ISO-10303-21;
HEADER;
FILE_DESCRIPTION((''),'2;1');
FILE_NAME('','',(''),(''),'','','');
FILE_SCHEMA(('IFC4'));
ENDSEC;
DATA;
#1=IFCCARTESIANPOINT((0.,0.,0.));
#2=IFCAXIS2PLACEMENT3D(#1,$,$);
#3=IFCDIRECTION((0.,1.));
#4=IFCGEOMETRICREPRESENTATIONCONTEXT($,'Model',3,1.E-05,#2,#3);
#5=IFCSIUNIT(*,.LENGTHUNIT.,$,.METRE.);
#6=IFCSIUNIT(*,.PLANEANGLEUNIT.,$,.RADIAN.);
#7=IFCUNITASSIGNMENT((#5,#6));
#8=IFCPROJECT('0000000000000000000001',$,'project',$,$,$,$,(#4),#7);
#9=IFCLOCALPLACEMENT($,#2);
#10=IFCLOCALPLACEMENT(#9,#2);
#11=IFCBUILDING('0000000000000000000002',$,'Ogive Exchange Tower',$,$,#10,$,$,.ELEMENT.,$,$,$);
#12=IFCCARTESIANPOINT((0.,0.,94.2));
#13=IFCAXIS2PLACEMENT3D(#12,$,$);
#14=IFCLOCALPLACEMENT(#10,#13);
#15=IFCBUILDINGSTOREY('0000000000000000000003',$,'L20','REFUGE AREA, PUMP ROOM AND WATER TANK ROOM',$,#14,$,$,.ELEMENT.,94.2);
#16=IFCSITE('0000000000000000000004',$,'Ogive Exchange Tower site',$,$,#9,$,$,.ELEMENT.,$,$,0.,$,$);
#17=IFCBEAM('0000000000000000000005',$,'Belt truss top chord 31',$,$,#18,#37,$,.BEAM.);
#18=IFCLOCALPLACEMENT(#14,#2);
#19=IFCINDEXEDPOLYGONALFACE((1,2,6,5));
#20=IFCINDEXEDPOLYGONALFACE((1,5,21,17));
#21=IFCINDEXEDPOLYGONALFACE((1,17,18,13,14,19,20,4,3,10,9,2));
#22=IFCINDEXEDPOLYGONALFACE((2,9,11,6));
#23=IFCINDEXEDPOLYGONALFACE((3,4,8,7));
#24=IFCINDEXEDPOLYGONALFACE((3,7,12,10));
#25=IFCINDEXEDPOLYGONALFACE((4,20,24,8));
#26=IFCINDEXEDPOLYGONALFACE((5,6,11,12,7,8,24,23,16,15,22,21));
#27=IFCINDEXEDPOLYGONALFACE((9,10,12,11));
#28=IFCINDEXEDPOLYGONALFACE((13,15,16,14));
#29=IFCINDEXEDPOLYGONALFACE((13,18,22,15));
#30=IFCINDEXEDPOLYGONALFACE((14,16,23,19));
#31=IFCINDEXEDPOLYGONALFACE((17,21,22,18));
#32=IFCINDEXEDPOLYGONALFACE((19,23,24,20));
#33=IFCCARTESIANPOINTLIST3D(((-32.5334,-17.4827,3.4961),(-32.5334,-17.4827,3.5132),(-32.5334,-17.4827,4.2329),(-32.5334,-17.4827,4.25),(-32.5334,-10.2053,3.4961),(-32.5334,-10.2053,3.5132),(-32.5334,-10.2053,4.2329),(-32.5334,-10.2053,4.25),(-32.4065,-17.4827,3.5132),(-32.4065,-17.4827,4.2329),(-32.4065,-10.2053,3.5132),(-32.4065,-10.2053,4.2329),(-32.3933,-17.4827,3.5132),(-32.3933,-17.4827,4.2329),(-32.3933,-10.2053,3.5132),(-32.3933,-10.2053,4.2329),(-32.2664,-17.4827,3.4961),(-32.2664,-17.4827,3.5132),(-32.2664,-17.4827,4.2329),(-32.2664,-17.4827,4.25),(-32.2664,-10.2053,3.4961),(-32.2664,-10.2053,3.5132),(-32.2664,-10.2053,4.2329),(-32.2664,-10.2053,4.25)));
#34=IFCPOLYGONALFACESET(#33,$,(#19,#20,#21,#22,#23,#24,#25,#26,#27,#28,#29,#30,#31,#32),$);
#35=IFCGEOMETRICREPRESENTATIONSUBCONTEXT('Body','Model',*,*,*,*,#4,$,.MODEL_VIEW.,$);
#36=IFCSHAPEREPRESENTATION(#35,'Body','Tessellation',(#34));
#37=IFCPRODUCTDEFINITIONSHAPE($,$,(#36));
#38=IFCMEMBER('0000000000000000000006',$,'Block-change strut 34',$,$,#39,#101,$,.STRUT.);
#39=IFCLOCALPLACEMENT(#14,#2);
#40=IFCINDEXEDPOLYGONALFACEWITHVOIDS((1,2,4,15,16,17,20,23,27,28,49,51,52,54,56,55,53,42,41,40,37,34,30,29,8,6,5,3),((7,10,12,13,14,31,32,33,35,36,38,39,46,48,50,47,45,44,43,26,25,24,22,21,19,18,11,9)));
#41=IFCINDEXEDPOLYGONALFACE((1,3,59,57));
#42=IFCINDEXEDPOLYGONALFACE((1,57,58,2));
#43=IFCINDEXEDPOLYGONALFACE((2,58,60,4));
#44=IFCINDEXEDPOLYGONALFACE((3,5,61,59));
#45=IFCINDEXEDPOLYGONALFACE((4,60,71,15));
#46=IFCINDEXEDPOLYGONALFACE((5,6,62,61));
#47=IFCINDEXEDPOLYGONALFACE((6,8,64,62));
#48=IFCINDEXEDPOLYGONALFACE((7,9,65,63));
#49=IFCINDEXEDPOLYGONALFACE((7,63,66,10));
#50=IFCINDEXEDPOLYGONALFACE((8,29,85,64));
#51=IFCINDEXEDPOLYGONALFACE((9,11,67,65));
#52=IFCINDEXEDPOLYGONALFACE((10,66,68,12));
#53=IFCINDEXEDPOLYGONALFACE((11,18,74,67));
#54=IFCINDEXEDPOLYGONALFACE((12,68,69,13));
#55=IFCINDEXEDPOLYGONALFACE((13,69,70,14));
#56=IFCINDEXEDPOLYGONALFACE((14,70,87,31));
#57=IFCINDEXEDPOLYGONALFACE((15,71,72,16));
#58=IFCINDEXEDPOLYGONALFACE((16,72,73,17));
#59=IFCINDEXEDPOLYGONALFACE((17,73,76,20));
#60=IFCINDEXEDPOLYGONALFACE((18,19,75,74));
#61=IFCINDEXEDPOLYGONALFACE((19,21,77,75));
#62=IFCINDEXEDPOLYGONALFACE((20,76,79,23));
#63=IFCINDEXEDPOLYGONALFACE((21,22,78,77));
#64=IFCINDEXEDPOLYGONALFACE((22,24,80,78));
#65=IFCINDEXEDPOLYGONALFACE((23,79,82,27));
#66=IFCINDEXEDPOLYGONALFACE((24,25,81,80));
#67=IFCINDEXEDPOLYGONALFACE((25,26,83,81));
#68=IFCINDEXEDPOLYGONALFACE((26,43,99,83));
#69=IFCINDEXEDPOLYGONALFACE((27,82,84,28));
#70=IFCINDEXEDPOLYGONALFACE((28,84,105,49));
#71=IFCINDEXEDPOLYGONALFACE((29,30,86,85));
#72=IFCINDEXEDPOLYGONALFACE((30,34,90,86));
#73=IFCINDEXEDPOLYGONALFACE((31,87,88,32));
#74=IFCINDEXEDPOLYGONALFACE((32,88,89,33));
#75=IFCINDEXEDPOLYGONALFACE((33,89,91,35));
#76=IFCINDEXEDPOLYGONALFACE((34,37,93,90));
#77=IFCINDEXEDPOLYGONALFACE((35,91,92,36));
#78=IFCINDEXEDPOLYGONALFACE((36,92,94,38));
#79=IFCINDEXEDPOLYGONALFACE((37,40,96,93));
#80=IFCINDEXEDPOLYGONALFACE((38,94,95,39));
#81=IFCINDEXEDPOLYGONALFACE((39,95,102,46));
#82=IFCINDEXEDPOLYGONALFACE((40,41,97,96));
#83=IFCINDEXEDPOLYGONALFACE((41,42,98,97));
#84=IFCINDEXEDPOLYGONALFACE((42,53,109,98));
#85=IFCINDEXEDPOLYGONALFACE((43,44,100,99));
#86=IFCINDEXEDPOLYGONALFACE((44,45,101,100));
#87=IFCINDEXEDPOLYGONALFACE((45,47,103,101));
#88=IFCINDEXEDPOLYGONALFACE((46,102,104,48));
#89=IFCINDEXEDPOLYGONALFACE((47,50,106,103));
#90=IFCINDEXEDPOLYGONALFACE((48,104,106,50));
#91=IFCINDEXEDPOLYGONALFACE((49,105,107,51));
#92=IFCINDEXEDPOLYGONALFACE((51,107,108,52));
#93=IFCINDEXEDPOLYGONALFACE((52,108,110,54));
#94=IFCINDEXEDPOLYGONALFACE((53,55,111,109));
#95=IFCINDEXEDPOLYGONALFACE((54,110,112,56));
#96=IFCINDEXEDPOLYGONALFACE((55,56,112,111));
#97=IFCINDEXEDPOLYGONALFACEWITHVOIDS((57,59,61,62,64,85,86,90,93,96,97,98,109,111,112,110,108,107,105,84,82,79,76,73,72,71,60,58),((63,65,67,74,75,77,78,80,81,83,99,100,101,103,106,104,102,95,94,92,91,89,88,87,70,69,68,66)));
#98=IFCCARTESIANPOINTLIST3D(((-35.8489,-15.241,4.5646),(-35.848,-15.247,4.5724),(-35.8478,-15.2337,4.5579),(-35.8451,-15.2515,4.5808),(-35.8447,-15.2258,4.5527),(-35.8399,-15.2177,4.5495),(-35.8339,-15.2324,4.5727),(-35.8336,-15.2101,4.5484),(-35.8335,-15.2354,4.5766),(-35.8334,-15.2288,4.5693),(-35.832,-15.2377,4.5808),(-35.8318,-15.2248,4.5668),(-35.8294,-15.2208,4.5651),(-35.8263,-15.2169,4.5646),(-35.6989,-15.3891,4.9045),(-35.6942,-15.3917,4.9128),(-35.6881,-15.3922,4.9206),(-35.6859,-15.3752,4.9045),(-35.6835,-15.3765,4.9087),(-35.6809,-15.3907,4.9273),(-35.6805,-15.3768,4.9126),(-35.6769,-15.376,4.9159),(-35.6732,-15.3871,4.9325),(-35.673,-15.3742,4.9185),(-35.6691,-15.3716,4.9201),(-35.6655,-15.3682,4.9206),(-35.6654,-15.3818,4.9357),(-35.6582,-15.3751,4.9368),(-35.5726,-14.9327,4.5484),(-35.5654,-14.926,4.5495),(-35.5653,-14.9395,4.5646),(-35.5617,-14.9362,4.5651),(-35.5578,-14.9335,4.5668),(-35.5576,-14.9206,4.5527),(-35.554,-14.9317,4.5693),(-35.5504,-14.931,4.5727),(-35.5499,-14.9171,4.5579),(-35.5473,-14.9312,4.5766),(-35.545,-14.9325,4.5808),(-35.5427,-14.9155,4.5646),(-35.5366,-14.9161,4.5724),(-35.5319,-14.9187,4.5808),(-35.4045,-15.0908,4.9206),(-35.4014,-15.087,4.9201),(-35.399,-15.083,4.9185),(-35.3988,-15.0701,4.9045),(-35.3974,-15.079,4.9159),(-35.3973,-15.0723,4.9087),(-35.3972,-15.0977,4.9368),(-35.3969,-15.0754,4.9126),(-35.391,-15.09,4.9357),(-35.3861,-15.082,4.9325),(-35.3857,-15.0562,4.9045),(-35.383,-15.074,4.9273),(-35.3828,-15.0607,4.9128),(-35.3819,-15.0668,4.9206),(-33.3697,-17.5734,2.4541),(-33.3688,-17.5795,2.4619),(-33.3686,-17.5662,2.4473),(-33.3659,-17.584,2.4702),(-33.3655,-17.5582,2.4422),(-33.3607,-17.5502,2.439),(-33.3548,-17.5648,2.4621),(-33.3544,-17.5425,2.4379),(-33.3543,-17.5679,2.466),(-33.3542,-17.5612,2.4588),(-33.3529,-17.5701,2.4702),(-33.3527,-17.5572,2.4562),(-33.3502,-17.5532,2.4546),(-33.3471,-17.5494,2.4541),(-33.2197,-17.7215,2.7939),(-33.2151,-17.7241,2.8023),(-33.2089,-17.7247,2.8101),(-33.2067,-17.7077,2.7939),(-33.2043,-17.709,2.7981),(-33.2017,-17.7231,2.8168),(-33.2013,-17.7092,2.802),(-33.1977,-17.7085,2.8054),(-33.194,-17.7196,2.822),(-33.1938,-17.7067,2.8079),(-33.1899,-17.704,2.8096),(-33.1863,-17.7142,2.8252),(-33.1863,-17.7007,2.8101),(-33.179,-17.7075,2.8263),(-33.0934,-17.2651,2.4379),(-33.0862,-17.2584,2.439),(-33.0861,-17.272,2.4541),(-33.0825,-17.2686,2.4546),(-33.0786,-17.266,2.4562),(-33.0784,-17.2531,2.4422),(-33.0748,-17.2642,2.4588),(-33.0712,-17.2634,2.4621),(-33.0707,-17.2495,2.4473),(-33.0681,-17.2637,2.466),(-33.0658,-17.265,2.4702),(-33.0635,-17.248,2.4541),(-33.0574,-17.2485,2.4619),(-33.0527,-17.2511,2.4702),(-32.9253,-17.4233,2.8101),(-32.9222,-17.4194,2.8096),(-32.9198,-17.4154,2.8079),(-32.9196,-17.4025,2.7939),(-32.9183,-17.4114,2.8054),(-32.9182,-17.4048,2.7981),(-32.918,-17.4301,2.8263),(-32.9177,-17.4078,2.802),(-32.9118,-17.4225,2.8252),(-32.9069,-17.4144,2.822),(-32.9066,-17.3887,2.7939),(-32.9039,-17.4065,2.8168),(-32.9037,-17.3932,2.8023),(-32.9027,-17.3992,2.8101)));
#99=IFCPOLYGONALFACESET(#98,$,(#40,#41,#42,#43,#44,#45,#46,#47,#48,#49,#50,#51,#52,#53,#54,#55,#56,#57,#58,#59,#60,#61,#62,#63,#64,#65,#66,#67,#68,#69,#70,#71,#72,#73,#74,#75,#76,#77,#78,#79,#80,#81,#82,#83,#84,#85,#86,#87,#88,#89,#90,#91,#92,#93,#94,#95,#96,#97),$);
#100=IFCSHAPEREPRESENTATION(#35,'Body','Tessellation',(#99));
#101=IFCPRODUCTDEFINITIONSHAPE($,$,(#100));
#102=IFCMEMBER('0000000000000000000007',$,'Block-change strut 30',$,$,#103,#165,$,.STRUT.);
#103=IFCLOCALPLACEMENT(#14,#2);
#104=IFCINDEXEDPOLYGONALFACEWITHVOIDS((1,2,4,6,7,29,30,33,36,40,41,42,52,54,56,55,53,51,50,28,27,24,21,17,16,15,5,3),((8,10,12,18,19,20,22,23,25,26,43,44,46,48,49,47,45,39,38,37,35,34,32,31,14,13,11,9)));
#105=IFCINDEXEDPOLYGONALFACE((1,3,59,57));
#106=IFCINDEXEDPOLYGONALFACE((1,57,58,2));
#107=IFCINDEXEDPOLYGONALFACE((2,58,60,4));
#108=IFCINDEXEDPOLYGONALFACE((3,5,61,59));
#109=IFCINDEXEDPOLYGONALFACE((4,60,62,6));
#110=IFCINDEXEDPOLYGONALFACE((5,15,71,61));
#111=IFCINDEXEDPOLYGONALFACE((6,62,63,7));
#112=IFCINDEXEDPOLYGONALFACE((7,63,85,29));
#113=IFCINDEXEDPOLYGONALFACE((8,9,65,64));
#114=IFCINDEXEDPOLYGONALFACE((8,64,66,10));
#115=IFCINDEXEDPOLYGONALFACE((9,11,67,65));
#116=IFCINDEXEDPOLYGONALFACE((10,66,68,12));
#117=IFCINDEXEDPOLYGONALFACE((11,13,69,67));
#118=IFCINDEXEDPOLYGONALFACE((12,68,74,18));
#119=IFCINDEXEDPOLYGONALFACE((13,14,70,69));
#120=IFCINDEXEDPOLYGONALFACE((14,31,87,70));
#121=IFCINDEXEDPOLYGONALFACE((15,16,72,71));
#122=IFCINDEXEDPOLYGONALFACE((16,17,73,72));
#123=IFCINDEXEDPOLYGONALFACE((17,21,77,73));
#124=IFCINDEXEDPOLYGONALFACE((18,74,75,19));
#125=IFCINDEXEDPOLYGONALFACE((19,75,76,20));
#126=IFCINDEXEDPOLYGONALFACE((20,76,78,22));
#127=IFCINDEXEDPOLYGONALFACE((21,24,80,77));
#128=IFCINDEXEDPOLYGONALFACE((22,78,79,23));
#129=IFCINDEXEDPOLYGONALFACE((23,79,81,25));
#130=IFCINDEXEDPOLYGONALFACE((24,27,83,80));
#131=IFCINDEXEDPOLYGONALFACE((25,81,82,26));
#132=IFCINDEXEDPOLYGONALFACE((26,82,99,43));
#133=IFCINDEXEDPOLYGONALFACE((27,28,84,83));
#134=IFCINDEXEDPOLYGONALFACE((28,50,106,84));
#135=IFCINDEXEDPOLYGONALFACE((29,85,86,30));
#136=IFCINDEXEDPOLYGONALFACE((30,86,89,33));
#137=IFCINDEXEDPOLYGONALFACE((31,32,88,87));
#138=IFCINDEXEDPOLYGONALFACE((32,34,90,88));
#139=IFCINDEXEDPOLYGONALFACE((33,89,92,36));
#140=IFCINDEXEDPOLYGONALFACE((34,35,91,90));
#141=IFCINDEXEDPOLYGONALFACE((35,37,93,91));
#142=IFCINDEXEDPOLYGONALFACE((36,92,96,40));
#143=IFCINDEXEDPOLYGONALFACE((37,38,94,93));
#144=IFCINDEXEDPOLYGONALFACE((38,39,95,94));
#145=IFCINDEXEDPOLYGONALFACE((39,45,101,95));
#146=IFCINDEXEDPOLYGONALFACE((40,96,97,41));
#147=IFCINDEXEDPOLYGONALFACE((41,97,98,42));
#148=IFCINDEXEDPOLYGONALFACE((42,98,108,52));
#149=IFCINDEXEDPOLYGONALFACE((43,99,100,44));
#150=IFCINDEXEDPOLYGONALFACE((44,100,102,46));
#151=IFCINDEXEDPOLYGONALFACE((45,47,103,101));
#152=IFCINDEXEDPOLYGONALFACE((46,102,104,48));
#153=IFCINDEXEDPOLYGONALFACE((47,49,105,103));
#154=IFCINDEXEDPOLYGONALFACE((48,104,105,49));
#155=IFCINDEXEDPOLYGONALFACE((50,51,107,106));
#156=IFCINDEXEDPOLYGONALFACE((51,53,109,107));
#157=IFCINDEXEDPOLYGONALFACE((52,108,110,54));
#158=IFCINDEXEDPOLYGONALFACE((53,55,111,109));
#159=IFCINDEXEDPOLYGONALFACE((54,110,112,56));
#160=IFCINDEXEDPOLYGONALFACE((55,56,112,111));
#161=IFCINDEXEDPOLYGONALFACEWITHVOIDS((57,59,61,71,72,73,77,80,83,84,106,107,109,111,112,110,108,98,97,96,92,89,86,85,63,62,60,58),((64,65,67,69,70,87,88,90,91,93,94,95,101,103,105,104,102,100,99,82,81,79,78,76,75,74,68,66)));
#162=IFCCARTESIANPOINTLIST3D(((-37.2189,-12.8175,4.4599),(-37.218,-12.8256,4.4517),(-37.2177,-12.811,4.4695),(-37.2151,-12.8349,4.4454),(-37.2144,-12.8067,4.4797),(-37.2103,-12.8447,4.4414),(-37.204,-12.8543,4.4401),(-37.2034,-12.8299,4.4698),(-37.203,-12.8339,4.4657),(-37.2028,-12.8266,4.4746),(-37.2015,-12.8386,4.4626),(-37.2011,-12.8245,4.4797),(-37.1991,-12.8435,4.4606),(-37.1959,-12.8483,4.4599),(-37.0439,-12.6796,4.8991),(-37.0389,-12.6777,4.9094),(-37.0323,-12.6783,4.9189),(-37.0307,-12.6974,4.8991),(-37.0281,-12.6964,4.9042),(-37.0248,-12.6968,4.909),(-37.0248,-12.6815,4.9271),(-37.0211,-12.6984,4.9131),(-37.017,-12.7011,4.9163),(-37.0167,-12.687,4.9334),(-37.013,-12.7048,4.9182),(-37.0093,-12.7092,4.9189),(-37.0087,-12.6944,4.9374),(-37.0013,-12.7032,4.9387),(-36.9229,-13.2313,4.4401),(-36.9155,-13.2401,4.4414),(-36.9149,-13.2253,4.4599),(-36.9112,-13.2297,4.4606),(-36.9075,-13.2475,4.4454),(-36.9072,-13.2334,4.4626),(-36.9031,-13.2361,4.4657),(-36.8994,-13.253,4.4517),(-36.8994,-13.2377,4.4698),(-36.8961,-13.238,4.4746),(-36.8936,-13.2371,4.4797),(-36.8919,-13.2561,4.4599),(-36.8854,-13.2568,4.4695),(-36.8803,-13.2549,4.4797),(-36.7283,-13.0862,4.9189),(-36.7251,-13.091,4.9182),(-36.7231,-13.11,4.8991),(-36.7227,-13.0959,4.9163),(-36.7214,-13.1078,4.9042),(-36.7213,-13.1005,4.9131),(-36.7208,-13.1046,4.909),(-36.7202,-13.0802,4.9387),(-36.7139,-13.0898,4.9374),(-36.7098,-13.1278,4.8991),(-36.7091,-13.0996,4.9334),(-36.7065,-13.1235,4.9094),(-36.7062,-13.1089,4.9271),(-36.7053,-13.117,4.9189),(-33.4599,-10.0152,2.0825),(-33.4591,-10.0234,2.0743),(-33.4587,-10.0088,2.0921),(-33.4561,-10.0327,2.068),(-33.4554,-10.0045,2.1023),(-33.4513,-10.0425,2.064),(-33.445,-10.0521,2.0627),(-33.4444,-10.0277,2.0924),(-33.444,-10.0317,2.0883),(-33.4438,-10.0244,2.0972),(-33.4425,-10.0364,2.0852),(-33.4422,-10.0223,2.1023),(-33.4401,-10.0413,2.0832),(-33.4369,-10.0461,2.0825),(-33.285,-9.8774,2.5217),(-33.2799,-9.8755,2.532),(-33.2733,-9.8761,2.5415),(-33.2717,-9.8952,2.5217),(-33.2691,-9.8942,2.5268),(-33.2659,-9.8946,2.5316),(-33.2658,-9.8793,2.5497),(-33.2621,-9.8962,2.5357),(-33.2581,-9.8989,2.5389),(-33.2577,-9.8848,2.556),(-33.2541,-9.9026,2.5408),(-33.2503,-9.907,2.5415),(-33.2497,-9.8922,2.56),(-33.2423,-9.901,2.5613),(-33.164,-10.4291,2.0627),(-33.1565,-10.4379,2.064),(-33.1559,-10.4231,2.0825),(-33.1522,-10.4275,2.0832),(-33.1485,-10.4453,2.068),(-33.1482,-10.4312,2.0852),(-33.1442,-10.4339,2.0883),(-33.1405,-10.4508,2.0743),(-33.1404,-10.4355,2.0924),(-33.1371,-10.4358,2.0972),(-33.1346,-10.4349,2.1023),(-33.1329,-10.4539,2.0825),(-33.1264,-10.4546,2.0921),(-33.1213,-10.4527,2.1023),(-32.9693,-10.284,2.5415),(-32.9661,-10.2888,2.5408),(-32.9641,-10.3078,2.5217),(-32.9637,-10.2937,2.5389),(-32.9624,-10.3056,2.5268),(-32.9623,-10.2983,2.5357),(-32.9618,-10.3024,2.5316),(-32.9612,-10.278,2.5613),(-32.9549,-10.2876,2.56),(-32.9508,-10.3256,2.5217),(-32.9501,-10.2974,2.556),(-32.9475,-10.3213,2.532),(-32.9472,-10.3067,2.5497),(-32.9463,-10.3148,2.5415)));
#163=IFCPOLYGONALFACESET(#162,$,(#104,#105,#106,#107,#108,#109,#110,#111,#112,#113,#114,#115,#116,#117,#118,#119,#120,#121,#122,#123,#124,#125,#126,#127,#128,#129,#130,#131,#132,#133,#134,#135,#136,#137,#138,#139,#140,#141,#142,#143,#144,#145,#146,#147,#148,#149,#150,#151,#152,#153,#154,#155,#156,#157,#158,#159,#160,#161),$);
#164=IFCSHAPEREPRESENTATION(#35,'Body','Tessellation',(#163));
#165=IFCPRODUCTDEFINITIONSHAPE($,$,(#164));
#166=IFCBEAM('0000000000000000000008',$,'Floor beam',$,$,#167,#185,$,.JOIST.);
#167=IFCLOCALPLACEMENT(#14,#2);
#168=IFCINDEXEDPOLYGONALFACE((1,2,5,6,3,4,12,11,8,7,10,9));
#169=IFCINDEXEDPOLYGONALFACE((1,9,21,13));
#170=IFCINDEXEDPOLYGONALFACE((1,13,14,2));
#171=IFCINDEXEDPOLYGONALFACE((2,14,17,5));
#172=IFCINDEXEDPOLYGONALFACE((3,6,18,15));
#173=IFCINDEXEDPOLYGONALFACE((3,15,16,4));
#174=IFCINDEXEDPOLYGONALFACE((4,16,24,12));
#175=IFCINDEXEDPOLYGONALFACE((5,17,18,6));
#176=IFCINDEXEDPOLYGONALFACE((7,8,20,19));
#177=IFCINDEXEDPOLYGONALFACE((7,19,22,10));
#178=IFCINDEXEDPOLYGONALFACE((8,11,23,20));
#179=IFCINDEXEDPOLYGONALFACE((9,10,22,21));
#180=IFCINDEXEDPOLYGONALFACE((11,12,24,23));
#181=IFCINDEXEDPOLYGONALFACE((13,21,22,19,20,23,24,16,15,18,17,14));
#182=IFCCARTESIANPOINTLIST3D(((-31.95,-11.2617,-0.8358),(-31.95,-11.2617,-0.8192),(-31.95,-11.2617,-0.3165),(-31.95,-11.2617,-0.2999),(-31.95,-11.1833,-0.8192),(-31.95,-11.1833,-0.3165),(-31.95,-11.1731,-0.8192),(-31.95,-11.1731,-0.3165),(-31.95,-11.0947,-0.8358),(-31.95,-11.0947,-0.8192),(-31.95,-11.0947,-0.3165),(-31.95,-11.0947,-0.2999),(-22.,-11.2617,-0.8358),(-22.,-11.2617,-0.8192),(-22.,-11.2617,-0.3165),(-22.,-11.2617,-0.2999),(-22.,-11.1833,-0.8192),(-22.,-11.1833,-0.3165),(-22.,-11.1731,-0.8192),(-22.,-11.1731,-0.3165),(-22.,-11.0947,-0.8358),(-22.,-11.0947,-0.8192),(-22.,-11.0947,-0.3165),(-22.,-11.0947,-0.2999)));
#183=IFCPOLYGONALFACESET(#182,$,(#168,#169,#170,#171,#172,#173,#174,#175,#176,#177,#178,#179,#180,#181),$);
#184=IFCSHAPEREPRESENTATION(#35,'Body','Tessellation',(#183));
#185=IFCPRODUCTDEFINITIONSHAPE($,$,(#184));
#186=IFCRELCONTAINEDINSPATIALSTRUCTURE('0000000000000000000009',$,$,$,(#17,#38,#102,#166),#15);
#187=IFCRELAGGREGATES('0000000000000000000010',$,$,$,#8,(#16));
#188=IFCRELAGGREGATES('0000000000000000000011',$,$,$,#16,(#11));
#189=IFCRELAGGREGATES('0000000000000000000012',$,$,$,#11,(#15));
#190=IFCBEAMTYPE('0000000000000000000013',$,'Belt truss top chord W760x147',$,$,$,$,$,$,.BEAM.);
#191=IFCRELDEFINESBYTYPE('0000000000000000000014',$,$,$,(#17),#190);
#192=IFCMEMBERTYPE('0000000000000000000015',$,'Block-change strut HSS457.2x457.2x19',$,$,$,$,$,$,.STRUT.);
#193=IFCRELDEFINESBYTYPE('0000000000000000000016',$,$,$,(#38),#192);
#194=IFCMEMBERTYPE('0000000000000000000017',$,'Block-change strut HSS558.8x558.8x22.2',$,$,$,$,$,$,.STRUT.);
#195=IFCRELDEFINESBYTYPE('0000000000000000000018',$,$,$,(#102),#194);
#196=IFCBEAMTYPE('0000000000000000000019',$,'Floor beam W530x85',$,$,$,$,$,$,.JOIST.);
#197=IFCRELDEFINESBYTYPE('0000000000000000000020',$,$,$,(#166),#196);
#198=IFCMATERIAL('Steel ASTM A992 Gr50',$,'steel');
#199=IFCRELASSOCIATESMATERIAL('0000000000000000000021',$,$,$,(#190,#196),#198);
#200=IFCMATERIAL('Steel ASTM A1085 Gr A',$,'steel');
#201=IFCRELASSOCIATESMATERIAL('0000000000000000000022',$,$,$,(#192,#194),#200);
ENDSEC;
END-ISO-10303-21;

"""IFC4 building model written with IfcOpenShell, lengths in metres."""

from ifc_helpers import new_model, si_unit, direction, frame, origin, origin_2d, place, context, subcontext, project, spatial, hollow_rectangle, i_section, extrude, material, material_profile, profile_set, type_object, element, save


model = new_model("IFC4")

# Units and contexts
model_context = context("Model", 3, precision=1e-05, world=origin(), true_north=direction((0.0, 1.0)))
body_context = subcontext(model_context, "Body", "Model", "MODEL_VIEW")
ifc_project = project(units=[si_unit("LENGTHUNIT", "METRE"), si_unit("PLANEANGLEUNIT", "RADIAN")], contexts=[model_context])

# Site, building, storey
site_placement = place(None, origin())
site = spatial("IfcSite", under=ifc_project, at=site_placement, Name="Ogive Exchange Tower site", CompositionType="ELEMENT", RefElevation=0.0)
building_placement = place(site_placement, origin())
building = spatial("IfcBuilding", under=site, at=building_placement, Name="Ogive Exchange Tower", CompositionType="ELEMENT")
storey_placement = place(building_placement, frame((0.0, 0.0, 94.2)))
storey = spatial("IfcBuildingStorey", under=building, at=storey_placement, Name="L20", Description="REFUGE AREA, PUMP ROOM AND WATER TANK ROOM", CompositionType="ELEMENT", Elevation=94.2)

# Shared definitions
ifc_material_1 = material(Name="Steel ASTM A992 Gr50", Category="steel")

# Shared definitions
ifc_material_2 = material(Name="Steel ASTM A1085 Gr A", Category="steel")

# Beam
ifc_material_profile_1 = material_profile(ifc_material_1, i_section(OverallWidth=0.2671, OverallDepth=0.7539, WebThickness=0.0132, FlangeThickness=0.0171, at=origin_2d()), Name="W760x147")
ifc_profile_set_1 = profile_set([ifc_material_profile_1], Name="Steel ASTM A992 Gr50")
beam_type_1 = type_object("IfcBeamType", Name="Belt truss top chord W760x147", PredefinedType="BEAM", material=ifc_profile_set_1)
beam_1_placement = place(storey_placement, frame((-32.3999, -10.2053, 3.873), z_axis=(0.0, -1.0, 0.0), x_axis=(1.0, 0.0, 0.0)))
element("IfcBeam", 1, at=beam_1_placement, inside=storey, type_object=beam_type_1, Name="Belt truss top chord 31", PredefinedType="BEAM", context=body_context, shape_type="SweptSolid", body=[
    extrude(i_section(OverallWidth=0.2671, OverallDepth=0.7539, WebThickness=0.0132, FlangeThickness=0.0171, at=origin_2d()), origin(), (0.0, 0.0, 1.0), 7.2773),
])

# Members
ifc_material_profile_2 = material_profile(ifc_material_2, hollow_rectangle(XDim=0.457, YDim=0.457, WallThickness=0.019, InnerFilletRadius=0.019, OuterFilletRadius=0.0381, at=origin_2d()), Name="HSS457.2x457.2x19")
ifc_profile_set_2 = profile_set([ifc_material_profile_2], Name="Steel ASTM A1085 Gr A")
member_type_1 = type_object("IfcMemberType", Name="Block-change strut HSS457.2x457.2x19", PredefinedType="STRUT", material=ifc_profile_set_2)
member_1_placement = place(storey_placement, frame((-33.1362, -17.4863, 2.6321), z_axis=(-0.619001, 0.582367, 0.526959), x_axis=(-0.685226, -0.728331, 0.0)))
element("IfcMember", 2, at=member_1_placement, inside=storey, type_object=member_type_1, Name="Block-change strut 34", PredefinedType="STRUT", context=body_context, shape_type="SweptSolid", body=[
    extrude(hollow_rectangle(XDim=0.457, YDim=0.457, WallThickness=0.019, InnerFilletRadius=0.019, OuterFilletRadius=0.0381, at=origin_2d()), origin(), (0.0, 0.0, 1.0), 4.0051),
])
ifc_material_profile_3 = material_profile(ifc_material_2, hollow_rectangle(XDim=0.5591, YDim=0.5591, WallThickness=0.0222, InnerFilletRadius=0.0222, OuterFilletRadius=0.0444, at=origin_2d()), Name="HSS558.8x558.8x22.2")
ifc_profile_set_3 = profile_set([ifc_material_profile_3], Name="Steel ASTM A1085 Gr A")
member_type_2 = type_object("IfcMemberType", Name="Block-change strut HSS558.8x558.8x22.2", PredefinedType="STRUT", material=ifc_profile_set_3)
member_2_placement = place(storey_placement, frame((-33.2031, -10.165, 2.312), z_axis=(-0.715065, -0.533059, 0.45225), x_axis=(0.597673, -0.80174, 0.0)))
element("IfcMember", 3, at=member_2_placement, inside=storey, type_object=member_type_2, Name="Block-change strut 30", PredefinedType="STRUT", context=body_context, shape_type="SweptSolid", body=[
    extrude(hollow_rectangle(XDim=0.5591, YDim=0.5591, WallThickness=0.0222, InnerFilletRadius=0.0222, OuterFilletRadius=0.0444, at=origin_2d()), origin(), (0.0, 0.0, 1.0), 5.2568),
])

# Beam
ifc_material_profile_4 = material_profile(ifc_material_1, i_section(OverallWidth=0.167, OverallDepth=0.5359, WebThickness=0.0103, FlangeThickness=0.0166, at=origin_2d()), Name="W530x85")
ifc_profile_set_4 = profile_set([ifc_material_profile_4], Name="Steel ASTM A992 Gr50")
beam_type_2 = type_object("IfcBeamType", Name="Floor beam W530x85", PredefinedType="JOIST", material=ifc_profile_set_4)
beam_2_placement = place(storey_placement, frame((-31.95, -11.1782, -0.5679), z_axis=(1.0, 0.0, 0.0), x_axis=(0.0, 1.0, 0.0)))
element("IfcBeam", 4, at=beam_2_placement, inside=storey, type_object=beam_type_2, Name="Floor beam", PredefinedType="JOIST", context=body_context, shape_type="SweptSolid", body=[
    extrude(i_section(OverallWidth=0.167, OverallDepth=0.5359, WebThickness=0.0103, FlangeThickness=0.0166, at=origin_2d()), origin(), (0.0, 0.0, 1.0), 9.95),
])

save(model, "model.ifc")
